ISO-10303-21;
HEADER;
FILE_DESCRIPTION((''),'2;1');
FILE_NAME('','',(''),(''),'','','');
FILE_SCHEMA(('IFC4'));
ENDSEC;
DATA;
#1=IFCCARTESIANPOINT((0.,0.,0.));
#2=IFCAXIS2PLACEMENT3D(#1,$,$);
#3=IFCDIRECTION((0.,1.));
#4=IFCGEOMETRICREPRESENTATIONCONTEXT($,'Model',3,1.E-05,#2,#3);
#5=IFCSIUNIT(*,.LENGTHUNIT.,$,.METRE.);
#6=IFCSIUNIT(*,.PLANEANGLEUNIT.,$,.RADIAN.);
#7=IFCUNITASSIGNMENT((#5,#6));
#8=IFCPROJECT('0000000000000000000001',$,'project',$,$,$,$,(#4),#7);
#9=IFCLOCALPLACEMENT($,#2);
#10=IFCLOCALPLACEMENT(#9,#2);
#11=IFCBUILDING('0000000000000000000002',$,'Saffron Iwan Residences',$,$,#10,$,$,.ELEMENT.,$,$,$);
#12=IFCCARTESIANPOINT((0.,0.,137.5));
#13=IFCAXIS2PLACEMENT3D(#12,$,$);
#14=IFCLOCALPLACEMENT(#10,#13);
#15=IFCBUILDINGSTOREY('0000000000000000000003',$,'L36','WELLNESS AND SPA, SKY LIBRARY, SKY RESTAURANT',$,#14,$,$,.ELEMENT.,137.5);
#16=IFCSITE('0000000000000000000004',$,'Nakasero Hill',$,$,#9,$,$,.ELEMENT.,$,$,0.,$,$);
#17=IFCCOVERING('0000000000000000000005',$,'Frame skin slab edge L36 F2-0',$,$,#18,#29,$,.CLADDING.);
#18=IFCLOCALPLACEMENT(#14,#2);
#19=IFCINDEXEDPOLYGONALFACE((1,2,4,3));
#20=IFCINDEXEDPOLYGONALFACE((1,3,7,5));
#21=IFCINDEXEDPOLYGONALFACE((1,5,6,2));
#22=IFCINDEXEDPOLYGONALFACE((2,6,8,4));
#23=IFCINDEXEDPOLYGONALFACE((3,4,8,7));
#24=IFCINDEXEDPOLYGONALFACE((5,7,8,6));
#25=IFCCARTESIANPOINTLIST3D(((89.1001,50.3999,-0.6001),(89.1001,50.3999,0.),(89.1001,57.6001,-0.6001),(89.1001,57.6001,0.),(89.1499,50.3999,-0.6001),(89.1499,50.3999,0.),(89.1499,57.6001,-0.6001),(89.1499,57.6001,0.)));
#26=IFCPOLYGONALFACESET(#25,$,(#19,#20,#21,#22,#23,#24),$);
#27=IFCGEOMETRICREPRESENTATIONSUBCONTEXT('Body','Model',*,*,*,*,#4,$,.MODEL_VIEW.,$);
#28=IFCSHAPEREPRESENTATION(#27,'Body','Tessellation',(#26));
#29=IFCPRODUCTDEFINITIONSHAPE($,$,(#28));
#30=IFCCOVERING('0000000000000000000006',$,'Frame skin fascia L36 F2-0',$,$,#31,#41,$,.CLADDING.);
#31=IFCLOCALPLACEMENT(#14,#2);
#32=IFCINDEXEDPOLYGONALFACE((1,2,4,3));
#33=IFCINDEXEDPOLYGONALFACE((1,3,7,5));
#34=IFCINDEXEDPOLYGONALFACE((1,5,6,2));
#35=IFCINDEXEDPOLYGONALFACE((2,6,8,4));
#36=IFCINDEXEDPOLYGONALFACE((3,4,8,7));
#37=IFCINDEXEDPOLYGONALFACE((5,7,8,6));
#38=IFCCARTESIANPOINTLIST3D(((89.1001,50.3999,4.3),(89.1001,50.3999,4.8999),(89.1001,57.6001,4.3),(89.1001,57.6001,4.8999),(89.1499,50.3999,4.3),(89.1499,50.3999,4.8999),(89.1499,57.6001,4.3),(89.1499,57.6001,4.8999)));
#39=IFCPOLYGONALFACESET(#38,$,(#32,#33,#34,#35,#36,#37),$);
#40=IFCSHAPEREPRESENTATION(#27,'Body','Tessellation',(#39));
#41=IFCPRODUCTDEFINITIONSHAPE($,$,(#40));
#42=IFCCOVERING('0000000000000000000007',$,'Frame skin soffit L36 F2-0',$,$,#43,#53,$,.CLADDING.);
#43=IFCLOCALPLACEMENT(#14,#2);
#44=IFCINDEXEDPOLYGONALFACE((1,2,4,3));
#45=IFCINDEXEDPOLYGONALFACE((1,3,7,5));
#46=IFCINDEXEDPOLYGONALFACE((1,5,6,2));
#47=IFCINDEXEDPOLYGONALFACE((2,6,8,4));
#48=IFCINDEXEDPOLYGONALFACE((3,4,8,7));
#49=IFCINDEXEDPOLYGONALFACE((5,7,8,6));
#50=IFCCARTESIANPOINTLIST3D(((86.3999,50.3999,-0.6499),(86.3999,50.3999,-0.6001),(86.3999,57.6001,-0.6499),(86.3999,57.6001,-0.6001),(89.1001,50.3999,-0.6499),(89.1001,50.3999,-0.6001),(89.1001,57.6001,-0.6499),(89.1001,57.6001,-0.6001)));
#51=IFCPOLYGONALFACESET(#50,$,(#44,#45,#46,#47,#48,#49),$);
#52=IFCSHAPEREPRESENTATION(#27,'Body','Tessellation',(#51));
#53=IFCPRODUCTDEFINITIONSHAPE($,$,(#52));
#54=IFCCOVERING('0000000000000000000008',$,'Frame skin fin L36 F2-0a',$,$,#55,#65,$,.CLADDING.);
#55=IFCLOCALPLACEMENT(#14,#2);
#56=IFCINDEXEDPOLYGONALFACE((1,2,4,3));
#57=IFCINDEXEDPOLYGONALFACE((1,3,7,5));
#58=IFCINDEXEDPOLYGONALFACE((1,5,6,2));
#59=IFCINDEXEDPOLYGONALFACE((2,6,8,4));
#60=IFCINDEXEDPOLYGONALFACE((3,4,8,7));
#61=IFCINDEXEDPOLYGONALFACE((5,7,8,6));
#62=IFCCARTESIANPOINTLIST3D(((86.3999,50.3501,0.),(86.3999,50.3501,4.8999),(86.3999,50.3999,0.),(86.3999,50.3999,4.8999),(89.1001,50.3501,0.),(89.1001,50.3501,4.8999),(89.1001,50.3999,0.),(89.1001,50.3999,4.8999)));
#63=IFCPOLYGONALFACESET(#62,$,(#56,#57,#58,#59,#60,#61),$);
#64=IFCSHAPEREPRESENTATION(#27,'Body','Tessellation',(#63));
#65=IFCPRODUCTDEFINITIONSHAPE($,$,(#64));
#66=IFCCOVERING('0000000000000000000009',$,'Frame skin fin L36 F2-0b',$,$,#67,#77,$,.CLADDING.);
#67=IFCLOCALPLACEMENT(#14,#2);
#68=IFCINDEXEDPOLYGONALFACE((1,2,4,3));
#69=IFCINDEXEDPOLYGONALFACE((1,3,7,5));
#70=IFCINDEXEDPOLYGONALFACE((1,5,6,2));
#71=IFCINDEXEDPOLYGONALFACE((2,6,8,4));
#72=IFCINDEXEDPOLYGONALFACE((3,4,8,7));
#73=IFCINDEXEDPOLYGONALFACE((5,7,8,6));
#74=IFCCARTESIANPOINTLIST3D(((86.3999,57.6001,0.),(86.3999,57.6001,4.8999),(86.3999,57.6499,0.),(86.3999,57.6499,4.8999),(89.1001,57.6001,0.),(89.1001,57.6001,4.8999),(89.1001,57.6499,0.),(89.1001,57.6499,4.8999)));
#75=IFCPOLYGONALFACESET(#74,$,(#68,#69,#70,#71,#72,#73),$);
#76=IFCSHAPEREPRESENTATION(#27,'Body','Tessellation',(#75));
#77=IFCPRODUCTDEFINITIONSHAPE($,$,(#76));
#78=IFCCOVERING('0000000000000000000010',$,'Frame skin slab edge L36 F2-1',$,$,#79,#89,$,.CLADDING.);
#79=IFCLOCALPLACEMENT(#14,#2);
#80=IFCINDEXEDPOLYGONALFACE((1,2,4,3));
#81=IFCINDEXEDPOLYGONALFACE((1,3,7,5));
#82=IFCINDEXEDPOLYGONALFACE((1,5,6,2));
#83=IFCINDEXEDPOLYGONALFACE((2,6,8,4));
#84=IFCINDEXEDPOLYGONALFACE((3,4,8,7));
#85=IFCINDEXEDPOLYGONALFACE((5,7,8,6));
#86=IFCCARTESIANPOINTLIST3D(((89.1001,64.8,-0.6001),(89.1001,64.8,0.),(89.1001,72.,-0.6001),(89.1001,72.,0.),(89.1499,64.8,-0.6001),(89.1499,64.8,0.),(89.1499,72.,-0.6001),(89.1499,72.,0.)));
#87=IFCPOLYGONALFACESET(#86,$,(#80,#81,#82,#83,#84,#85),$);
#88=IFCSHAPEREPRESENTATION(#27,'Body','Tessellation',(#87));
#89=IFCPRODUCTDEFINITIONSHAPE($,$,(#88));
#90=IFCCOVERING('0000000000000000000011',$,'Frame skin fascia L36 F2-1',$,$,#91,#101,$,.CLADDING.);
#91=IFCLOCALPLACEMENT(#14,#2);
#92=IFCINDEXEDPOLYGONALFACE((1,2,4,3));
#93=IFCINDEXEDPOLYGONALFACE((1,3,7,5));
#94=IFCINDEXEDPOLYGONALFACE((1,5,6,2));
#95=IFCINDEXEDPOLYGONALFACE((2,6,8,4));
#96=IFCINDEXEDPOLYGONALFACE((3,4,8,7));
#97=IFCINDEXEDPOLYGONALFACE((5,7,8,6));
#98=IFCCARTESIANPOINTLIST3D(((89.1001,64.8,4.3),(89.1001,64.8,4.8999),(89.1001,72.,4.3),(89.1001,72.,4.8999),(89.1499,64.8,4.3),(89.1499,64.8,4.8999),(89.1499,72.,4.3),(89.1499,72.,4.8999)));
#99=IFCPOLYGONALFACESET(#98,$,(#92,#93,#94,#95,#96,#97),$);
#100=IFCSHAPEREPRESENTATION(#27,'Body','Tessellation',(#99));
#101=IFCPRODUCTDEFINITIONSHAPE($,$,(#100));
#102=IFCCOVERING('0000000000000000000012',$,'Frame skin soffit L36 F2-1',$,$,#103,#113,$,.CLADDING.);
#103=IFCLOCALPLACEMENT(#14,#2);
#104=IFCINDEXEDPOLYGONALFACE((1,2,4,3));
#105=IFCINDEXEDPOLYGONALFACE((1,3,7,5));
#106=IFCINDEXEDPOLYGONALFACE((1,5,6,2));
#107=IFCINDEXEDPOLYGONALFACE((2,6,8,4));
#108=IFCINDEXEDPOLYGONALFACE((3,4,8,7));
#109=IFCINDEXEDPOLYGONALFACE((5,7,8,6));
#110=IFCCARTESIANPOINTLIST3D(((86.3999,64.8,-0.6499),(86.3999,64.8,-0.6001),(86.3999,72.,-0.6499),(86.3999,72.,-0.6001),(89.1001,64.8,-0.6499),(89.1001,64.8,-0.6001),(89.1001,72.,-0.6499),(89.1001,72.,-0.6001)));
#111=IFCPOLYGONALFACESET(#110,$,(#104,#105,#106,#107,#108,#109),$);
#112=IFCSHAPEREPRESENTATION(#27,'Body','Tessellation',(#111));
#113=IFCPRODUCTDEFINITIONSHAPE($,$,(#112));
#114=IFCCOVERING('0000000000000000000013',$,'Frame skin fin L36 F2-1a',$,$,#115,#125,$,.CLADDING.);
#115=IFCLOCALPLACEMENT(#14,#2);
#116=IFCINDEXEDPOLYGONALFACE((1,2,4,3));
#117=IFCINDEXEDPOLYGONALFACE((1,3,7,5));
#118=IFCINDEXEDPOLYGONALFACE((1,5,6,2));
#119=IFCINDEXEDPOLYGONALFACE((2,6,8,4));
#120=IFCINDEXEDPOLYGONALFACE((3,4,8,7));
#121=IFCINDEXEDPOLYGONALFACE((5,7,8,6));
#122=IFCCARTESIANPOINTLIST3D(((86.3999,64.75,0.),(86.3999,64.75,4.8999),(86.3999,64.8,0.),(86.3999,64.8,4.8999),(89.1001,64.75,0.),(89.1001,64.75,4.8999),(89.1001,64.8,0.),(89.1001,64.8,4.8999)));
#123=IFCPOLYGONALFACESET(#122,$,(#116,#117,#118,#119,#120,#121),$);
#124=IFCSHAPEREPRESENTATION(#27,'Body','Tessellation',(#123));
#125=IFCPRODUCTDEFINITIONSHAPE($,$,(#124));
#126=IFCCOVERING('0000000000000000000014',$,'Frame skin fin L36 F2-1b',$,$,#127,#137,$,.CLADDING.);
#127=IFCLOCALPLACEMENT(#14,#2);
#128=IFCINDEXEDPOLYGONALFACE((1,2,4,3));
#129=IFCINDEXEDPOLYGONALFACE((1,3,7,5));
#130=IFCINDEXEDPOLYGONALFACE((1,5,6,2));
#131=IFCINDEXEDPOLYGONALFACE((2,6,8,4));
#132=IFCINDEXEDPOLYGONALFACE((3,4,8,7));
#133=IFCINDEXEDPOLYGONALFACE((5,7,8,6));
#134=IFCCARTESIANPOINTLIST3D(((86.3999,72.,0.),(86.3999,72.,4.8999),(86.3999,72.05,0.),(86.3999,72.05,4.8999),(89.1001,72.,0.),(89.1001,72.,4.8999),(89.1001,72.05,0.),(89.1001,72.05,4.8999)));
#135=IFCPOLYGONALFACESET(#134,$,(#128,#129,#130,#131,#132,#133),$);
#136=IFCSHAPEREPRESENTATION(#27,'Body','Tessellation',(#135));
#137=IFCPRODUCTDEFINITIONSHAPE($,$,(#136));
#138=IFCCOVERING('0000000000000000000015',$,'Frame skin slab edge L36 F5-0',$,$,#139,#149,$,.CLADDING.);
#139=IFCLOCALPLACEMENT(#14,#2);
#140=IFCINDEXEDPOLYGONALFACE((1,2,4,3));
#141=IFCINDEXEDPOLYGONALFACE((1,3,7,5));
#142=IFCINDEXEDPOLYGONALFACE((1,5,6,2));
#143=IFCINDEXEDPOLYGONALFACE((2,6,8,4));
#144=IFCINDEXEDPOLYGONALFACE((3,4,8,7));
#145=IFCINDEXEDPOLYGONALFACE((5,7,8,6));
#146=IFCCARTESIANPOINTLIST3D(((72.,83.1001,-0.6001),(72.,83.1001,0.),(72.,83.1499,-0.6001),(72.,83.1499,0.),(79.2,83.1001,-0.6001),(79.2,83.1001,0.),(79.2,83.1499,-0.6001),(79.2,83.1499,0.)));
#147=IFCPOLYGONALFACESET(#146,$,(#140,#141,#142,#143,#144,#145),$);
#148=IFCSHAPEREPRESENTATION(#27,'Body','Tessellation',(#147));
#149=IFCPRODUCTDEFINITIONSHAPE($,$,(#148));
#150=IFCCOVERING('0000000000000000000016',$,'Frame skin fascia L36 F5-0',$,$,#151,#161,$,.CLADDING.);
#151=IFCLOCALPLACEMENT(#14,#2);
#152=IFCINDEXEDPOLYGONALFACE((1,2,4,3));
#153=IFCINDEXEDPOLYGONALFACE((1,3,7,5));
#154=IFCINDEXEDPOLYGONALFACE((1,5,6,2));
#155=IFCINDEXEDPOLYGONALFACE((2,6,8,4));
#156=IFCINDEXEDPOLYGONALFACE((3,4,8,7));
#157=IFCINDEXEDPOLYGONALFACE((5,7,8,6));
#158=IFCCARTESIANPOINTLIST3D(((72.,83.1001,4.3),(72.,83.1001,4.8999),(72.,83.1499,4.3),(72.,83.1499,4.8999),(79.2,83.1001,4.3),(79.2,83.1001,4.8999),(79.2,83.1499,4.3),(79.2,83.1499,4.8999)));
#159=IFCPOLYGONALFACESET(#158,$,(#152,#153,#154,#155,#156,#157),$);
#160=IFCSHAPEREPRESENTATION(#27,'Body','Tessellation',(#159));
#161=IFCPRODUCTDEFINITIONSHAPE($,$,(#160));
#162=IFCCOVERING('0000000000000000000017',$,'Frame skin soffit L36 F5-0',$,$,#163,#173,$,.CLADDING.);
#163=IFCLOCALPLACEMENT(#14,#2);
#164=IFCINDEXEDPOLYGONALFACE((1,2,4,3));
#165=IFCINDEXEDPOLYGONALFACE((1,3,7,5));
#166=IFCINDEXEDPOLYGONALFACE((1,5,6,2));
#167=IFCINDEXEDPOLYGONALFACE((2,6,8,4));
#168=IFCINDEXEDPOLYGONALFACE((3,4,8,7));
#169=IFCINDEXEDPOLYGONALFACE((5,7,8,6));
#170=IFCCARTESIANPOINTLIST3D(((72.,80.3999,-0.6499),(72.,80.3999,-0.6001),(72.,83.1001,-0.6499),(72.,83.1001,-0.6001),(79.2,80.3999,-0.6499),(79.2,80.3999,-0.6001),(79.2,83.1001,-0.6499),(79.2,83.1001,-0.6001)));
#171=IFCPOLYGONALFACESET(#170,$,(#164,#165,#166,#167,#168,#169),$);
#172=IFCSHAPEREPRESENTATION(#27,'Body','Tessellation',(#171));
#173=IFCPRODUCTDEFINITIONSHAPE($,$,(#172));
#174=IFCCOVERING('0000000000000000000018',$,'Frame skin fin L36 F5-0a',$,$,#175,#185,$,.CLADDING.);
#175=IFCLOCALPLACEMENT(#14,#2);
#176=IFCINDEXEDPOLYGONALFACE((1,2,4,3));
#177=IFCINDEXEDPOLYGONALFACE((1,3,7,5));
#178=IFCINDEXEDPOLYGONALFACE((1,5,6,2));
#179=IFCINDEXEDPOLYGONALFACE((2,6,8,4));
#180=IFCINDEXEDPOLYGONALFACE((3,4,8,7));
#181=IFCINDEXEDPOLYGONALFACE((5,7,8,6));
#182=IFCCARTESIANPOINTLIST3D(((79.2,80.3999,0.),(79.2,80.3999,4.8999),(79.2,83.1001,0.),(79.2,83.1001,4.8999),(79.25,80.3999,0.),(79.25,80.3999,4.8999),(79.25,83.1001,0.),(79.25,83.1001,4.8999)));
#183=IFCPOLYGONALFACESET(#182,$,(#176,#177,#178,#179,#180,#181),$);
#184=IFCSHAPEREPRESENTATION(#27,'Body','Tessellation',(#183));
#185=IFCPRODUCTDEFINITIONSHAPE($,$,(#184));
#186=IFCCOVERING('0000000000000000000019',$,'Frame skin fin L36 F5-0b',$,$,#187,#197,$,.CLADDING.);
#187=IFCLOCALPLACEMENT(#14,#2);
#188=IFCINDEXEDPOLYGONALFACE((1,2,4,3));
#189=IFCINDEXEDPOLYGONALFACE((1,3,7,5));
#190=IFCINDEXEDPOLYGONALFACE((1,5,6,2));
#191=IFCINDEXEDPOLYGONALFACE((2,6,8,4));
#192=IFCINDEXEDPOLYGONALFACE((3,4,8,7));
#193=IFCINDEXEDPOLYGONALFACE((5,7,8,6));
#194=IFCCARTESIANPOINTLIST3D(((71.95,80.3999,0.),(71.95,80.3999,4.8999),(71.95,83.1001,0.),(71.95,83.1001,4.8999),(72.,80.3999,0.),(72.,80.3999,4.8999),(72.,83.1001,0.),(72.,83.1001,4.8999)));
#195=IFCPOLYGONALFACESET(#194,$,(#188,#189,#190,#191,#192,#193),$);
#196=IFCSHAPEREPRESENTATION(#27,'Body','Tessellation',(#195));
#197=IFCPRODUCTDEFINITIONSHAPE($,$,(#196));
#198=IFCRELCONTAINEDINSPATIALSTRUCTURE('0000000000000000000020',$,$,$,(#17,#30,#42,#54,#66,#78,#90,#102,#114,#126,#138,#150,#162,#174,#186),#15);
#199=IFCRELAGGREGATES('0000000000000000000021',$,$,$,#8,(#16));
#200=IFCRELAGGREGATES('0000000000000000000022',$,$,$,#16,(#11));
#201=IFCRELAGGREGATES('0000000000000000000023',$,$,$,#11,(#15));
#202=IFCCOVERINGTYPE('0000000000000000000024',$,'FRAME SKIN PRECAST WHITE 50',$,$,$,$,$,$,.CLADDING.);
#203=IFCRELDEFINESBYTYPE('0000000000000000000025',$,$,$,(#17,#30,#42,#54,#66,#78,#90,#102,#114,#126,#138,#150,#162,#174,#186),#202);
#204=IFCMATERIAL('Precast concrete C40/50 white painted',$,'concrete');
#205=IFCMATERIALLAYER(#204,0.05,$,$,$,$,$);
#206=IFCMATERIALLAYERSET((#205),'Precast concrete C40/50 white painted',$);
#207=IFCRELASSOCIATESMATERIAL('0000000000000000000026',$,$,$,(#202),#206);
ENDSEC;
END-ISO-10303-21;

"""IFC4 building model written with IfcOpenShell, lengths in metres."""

from ifc_helpers import new_model, si_unit, direction, frame, origin, place, context, subcontext, project, spatial, polyline, outline, extrude, material, layer, layer_set, type_object, element, save


model = new_model("IFC4")

# Units and contexts
model_context = context("Model", 3, precision=1e-05, world=origin(), true_north=direction((0.0, 1.0)))
body_context = subcontext(model_context, "Body", "Model", "MODEL_VIEW")
ifc_project = project(units=[si_unit("LENGTHUNIT", "METRE"), si_unit("PLANEANGLEUNIT", "RADIAN")], contexts=[model_context])

# Site, building, storey
site_placement = place(None, origin())
site = spatial("IfcSite", under=ifc_project, at=site_placement, Name="Nakasero Hill", CompositionType="ELEMENT", RefElevation=0.0)
building_placement = place(site_placement, origin())
building = spatial("IfcBuilding", under=site, at=building_placement, Name="Saffron Iwan Residences", CompositionType="ELEMENT")
storey_placement = place(building_placement, frame((0.0, 0.0, 137.5)))
storey = spatial("IfcBuildingStorey", under=building, at=storey_placement, Name="L36", Description="WELLNESS AND SPA, SKY LIBRARY, SKY RESTAURANT", CompositionType="ELEMENT", Elevation=137.5)

# Coverings
ifc_material_1 = material(Name="Precast concrete C40/50 white painted", Category="concrete")
ifc_layer_1 = layer(ifc_material_1, 0.05)
ifc_layer_set_1 = layer_set([ifc_layer_1], Name="Precast concrete C40/50 white painted")
covering_type_1 = type_object("IfcCoveringType", Name="FRAME SKIN PRECAST WHITE 50", PredefinedType="CLADDING", material=ifc_layer_set_1)
covering_1_placement = place(storey_placement, frame((0.0, 0.0, -0.6001)))
element("IfcCovering", 1, at=covering_1_placement, inside=storey, type_object=covering_type_1, Name="Frame skin slab edge L36 F2-0", PredefinedType="CLADDING", context=body_context, shape_type="SweptSolid", body=[
    extrude(outline(polyline([(89.1499, 50.3999), (89.1499, 57.6001), (89.1001, 57.6001), (89.1001, 50.3999), (89.1499, 50.3999)])), origin(), (0.0, 0.0, 1.0), 0.6001),
])
covering_2_placement = place(storey_placement, frame((0.0, 0.0, 4.3)))
element("IfcCovering", 2, at=covering_2_placement, inside=storey, type_object=covering_type_1, Name="Frame skin fascia L36 F2-0", PredefinedType="CLADDING", context=body_context, shape_type="SweptSolid", body=[
    extrude(outline(polyline([(89.1499, 50.3999), (89.1499, 57.6001), (89.1001, 57.6001), (89.1001, 50.3999), (89.1499, 50.3999)])), origin(), (0.0, 0.0, 1.0), 0.5999),
])
covering_3_placement = place(storey_placement, frame((0.0, 0.0, -0.6499)))
element("IfcCovering", 3, at=covering_3_placement, inside=storey, type_object=covering_type_1, Name="Frame skin soffit L36 F2-0", PredefinedType="CLADDING", context=body_context, shape_type="SweptSolid", body=[
    extrude(outline(polyline([(89.1001, 50.3999), (89.1001, 57.6001), (86.3999, 57.6001), (86.3999, 50.3999), (89.1001, 50.3999)])), origin(), (0.0, 0.0, 1.0), 0.0498),
])
covering_4_placement = place(storey_placement, origin())
element("IfcCovering", 4, at=covering_4_placement, inside=storey, type_object=covering_type_1, Name="Frame skin fin L36 F2-0a", PredefinedType="CLADDING", context=body_context, shape_type="SweptSolid", body=[
    extrude(outline(polyline([(89.1001, 50.3501), (89.1001, 50.3999), (86.3999, 50.3999), (86.3999, 50.3501), (89.1001, 50.3501)])), origin(), (0.0, 0.0, 1.0), 4.8999),
])
covering_5_placement = place(storey_placement, origin())
element("IfcCovering", 5, at=covering_5_placement, inside=storey, type_object=covering_type_1, Name="Frame skin fin L36 F2-0b", PredefinedType="CLADDING", context=body_context, shape_type="SweptSolid", body=[
    extrude(outline(polyline([(89.1001, 57.6001), (89.1001, 57.6499), (86.3999, 57.6499), (86.3999, 57.6001), (89.1001, 57.6001)])), origin(), (0.0, 0.0, 1.0), 4.8999),
])
covering_6_placement = place(storey_placement, frame((0.0, 0.0, -0.6001)))
element("IfcCovering", 6, at=covering_6_placement, inside=storey, type_object=covering_type_1, Name="Frame skin slab edge L36 F2-1", PredefinedType="CLADDING", context=body_context, shape_type="SweptSolid", body=[
    extrude(outline(polyline([(89.1499, 64.8), (89.1499, 72.0), (89.1001, 72.0), (89.1001, 64.8), (89.1499, 64.8)])), origin(), (0.0, 0.0, 1.0), 0.6001),
])
covering_7_placement = place(storey_placement, frame((0.0, 0.0, 4.3)))
element("IfcCovering", 7, at=covering_7_placement, inside=storey, type_object=covering_type_1, Name="Frame skin fascia L36 F2-1", PredefinedType="CLADDING", context=body_context, shape_type="SweptSolid", body=[
    extrude(outline(polyline([(89.1499, 64.8), (89.1499, 72.0), (89.1001, 72.0), (89.1001, 64.8), (89.1499, 64.8)])), origin(), (0.0, 0.0, 1.0), 0.5999),
])
covering_8_placement = place(storey_placement, frame((0.0, 0.0, -0.6499)))
element("IfcCovering", 8, at=covering_8_placement, inside=storey, type_object=covering_type_1, Name="Frame skin soffit L36 F2-1", PredefinedType="CLADDING", context=body_context, shape_type="SweptSolid", body=[
    extrude(outline(polyline([(89.1001, 64.8), (89.1001, 72.0), (86.3999, 72.0), (86.3999, 64.8), (89.1001, 64.8)])), origin(), (0.0, 0.0, 1.0), 0.0498),
])
covering_9_placement = place(storey_placement, origin())
element("IfcCovering", 9, at=covering_9_placement, inside=storey, type_object=covering_type_1, Name="Frame skin fin L36 F2-1a", PredefinedType="CLADDING", context=body_context, shape_type="SweptSolid", body=[
    extrude(outline(polyline([(89.1001, 64.75), (89.1001, 64.8), (86.3999, 64.8), (86.3999, 64.75), (89.1001, 64.75)])), origin(), (0.0, 0.0, 1.0), 4.8999),
])
covering_10_placement = place(storey_placement, origin())
element("IfcCovering", 10, at=covering_10_placement, inside=storey, type_object=covering_type_1, Name="Frame skin fin L36 F2-1b", PredefinedType="CLADDING", context=body_context, shape_type="SweptSolid", body=[
    extrude(outline(polyline([(89.1001, 72.0), (89.1001, 72.05), (86.3999, 72.05), (86.3999, 72.0), (89.1001, 72.0)])), origin(), (0.0, 0.0, 1.0), 4.8999),
])
covering_11_placement = place(storey_placement, frame((0.0, 0.0, -0.6001)))
element("IfcCovering", 11, at=covering_11_placement, inside=storey, type_object=covering_type_1, Name="Frame skin slab edge L36 F5-0", PredefinedType="CLADDING", context=body_context, shape_type="SweptSolid", body=[
    extrude(outline(polyline([(79.2, 83.1499), (72.0, 83.1499), (72.0, 83.1001), (79.2, 83.1001), (79.2, 83.1499)])), origin(), (0.0, 0.0, 1.0), 0.6001),
])
covering_12_placement = place(storey_placement, frame((0.0, 0.0, 4.3)))
element("IfcCovering", 12, at=covering_12_placement, inside=storey, type_object=covering_type_1, Name="Frame skin fascia L36 F5-0", PredefinedType="CLADDING", context=body_context, shape_type="SweptSolid", body=[
    extrude(outline(polyline([(79.2, 83.1499), (72.0, 83.1499), (72.0, 83.1001), (79.2, 83.1001), (79.2, 83.1499)])), origin(), (0.0, 0.0, 1.0), 0.5999),
])
covering_13_placement = place(storey_placement, frame((0.0, 0.0, -0.6499)))
element("IfcCovering", 13, at=covering_13_placement, inside=storey, type_object=covering_type_1, Name="Frame skin soffit L36 F5-0", PredefinedType="CLADDING", context=body_context, shape_type="SweptSolid", body=[
    extrude(outline(polyline([(79.2, 83.1001), (72.0, 83.1001), (72.0, 80.3999), (79.2, 80.3999), (79.2, 83.1001)])), origin(), (0.0, 0.0, 1.0), 0.0498),
])
covering_14_placement = place(storey_placement, origin())
element("IfcCovering", 14, at=covering_14_placement, inside=storey, type_object=covering_type_1, Name="Frame skin fin L36 F5-0a", PredefinedType="CLADDING", context=body_context, shape_type="SweptSolid", body=[
    extrude(outline(polyline([(79.25, 83.1001), (79.2, 83.1001), (79.2, 80.3999), (79.25, 80.3999), (79.25, 83.1001)])), origin(), (0.0, 0.0, 1.0), 4.8999),
])
covering_15_placement = place(storey_placement, origin())
element("IfcCovering", 15, at=covering_15_placement, inside=storey, type_object=covering_type_1, Name="Frame skin fin L36 F5-0b", PredefinedType="CLADDING", context=body_context, shape_type="SweptSolid", body=[
    extrude(outline(polyline([(72.0, 83.1001), (71.95, 83.1001), (71.95, 80.3999), (72.0, 80.3999), (72.0, 83.1001)])), origin(), (0.0, 0.0, 1.0), 4.8999),
])

save(model, "model.ifc")
